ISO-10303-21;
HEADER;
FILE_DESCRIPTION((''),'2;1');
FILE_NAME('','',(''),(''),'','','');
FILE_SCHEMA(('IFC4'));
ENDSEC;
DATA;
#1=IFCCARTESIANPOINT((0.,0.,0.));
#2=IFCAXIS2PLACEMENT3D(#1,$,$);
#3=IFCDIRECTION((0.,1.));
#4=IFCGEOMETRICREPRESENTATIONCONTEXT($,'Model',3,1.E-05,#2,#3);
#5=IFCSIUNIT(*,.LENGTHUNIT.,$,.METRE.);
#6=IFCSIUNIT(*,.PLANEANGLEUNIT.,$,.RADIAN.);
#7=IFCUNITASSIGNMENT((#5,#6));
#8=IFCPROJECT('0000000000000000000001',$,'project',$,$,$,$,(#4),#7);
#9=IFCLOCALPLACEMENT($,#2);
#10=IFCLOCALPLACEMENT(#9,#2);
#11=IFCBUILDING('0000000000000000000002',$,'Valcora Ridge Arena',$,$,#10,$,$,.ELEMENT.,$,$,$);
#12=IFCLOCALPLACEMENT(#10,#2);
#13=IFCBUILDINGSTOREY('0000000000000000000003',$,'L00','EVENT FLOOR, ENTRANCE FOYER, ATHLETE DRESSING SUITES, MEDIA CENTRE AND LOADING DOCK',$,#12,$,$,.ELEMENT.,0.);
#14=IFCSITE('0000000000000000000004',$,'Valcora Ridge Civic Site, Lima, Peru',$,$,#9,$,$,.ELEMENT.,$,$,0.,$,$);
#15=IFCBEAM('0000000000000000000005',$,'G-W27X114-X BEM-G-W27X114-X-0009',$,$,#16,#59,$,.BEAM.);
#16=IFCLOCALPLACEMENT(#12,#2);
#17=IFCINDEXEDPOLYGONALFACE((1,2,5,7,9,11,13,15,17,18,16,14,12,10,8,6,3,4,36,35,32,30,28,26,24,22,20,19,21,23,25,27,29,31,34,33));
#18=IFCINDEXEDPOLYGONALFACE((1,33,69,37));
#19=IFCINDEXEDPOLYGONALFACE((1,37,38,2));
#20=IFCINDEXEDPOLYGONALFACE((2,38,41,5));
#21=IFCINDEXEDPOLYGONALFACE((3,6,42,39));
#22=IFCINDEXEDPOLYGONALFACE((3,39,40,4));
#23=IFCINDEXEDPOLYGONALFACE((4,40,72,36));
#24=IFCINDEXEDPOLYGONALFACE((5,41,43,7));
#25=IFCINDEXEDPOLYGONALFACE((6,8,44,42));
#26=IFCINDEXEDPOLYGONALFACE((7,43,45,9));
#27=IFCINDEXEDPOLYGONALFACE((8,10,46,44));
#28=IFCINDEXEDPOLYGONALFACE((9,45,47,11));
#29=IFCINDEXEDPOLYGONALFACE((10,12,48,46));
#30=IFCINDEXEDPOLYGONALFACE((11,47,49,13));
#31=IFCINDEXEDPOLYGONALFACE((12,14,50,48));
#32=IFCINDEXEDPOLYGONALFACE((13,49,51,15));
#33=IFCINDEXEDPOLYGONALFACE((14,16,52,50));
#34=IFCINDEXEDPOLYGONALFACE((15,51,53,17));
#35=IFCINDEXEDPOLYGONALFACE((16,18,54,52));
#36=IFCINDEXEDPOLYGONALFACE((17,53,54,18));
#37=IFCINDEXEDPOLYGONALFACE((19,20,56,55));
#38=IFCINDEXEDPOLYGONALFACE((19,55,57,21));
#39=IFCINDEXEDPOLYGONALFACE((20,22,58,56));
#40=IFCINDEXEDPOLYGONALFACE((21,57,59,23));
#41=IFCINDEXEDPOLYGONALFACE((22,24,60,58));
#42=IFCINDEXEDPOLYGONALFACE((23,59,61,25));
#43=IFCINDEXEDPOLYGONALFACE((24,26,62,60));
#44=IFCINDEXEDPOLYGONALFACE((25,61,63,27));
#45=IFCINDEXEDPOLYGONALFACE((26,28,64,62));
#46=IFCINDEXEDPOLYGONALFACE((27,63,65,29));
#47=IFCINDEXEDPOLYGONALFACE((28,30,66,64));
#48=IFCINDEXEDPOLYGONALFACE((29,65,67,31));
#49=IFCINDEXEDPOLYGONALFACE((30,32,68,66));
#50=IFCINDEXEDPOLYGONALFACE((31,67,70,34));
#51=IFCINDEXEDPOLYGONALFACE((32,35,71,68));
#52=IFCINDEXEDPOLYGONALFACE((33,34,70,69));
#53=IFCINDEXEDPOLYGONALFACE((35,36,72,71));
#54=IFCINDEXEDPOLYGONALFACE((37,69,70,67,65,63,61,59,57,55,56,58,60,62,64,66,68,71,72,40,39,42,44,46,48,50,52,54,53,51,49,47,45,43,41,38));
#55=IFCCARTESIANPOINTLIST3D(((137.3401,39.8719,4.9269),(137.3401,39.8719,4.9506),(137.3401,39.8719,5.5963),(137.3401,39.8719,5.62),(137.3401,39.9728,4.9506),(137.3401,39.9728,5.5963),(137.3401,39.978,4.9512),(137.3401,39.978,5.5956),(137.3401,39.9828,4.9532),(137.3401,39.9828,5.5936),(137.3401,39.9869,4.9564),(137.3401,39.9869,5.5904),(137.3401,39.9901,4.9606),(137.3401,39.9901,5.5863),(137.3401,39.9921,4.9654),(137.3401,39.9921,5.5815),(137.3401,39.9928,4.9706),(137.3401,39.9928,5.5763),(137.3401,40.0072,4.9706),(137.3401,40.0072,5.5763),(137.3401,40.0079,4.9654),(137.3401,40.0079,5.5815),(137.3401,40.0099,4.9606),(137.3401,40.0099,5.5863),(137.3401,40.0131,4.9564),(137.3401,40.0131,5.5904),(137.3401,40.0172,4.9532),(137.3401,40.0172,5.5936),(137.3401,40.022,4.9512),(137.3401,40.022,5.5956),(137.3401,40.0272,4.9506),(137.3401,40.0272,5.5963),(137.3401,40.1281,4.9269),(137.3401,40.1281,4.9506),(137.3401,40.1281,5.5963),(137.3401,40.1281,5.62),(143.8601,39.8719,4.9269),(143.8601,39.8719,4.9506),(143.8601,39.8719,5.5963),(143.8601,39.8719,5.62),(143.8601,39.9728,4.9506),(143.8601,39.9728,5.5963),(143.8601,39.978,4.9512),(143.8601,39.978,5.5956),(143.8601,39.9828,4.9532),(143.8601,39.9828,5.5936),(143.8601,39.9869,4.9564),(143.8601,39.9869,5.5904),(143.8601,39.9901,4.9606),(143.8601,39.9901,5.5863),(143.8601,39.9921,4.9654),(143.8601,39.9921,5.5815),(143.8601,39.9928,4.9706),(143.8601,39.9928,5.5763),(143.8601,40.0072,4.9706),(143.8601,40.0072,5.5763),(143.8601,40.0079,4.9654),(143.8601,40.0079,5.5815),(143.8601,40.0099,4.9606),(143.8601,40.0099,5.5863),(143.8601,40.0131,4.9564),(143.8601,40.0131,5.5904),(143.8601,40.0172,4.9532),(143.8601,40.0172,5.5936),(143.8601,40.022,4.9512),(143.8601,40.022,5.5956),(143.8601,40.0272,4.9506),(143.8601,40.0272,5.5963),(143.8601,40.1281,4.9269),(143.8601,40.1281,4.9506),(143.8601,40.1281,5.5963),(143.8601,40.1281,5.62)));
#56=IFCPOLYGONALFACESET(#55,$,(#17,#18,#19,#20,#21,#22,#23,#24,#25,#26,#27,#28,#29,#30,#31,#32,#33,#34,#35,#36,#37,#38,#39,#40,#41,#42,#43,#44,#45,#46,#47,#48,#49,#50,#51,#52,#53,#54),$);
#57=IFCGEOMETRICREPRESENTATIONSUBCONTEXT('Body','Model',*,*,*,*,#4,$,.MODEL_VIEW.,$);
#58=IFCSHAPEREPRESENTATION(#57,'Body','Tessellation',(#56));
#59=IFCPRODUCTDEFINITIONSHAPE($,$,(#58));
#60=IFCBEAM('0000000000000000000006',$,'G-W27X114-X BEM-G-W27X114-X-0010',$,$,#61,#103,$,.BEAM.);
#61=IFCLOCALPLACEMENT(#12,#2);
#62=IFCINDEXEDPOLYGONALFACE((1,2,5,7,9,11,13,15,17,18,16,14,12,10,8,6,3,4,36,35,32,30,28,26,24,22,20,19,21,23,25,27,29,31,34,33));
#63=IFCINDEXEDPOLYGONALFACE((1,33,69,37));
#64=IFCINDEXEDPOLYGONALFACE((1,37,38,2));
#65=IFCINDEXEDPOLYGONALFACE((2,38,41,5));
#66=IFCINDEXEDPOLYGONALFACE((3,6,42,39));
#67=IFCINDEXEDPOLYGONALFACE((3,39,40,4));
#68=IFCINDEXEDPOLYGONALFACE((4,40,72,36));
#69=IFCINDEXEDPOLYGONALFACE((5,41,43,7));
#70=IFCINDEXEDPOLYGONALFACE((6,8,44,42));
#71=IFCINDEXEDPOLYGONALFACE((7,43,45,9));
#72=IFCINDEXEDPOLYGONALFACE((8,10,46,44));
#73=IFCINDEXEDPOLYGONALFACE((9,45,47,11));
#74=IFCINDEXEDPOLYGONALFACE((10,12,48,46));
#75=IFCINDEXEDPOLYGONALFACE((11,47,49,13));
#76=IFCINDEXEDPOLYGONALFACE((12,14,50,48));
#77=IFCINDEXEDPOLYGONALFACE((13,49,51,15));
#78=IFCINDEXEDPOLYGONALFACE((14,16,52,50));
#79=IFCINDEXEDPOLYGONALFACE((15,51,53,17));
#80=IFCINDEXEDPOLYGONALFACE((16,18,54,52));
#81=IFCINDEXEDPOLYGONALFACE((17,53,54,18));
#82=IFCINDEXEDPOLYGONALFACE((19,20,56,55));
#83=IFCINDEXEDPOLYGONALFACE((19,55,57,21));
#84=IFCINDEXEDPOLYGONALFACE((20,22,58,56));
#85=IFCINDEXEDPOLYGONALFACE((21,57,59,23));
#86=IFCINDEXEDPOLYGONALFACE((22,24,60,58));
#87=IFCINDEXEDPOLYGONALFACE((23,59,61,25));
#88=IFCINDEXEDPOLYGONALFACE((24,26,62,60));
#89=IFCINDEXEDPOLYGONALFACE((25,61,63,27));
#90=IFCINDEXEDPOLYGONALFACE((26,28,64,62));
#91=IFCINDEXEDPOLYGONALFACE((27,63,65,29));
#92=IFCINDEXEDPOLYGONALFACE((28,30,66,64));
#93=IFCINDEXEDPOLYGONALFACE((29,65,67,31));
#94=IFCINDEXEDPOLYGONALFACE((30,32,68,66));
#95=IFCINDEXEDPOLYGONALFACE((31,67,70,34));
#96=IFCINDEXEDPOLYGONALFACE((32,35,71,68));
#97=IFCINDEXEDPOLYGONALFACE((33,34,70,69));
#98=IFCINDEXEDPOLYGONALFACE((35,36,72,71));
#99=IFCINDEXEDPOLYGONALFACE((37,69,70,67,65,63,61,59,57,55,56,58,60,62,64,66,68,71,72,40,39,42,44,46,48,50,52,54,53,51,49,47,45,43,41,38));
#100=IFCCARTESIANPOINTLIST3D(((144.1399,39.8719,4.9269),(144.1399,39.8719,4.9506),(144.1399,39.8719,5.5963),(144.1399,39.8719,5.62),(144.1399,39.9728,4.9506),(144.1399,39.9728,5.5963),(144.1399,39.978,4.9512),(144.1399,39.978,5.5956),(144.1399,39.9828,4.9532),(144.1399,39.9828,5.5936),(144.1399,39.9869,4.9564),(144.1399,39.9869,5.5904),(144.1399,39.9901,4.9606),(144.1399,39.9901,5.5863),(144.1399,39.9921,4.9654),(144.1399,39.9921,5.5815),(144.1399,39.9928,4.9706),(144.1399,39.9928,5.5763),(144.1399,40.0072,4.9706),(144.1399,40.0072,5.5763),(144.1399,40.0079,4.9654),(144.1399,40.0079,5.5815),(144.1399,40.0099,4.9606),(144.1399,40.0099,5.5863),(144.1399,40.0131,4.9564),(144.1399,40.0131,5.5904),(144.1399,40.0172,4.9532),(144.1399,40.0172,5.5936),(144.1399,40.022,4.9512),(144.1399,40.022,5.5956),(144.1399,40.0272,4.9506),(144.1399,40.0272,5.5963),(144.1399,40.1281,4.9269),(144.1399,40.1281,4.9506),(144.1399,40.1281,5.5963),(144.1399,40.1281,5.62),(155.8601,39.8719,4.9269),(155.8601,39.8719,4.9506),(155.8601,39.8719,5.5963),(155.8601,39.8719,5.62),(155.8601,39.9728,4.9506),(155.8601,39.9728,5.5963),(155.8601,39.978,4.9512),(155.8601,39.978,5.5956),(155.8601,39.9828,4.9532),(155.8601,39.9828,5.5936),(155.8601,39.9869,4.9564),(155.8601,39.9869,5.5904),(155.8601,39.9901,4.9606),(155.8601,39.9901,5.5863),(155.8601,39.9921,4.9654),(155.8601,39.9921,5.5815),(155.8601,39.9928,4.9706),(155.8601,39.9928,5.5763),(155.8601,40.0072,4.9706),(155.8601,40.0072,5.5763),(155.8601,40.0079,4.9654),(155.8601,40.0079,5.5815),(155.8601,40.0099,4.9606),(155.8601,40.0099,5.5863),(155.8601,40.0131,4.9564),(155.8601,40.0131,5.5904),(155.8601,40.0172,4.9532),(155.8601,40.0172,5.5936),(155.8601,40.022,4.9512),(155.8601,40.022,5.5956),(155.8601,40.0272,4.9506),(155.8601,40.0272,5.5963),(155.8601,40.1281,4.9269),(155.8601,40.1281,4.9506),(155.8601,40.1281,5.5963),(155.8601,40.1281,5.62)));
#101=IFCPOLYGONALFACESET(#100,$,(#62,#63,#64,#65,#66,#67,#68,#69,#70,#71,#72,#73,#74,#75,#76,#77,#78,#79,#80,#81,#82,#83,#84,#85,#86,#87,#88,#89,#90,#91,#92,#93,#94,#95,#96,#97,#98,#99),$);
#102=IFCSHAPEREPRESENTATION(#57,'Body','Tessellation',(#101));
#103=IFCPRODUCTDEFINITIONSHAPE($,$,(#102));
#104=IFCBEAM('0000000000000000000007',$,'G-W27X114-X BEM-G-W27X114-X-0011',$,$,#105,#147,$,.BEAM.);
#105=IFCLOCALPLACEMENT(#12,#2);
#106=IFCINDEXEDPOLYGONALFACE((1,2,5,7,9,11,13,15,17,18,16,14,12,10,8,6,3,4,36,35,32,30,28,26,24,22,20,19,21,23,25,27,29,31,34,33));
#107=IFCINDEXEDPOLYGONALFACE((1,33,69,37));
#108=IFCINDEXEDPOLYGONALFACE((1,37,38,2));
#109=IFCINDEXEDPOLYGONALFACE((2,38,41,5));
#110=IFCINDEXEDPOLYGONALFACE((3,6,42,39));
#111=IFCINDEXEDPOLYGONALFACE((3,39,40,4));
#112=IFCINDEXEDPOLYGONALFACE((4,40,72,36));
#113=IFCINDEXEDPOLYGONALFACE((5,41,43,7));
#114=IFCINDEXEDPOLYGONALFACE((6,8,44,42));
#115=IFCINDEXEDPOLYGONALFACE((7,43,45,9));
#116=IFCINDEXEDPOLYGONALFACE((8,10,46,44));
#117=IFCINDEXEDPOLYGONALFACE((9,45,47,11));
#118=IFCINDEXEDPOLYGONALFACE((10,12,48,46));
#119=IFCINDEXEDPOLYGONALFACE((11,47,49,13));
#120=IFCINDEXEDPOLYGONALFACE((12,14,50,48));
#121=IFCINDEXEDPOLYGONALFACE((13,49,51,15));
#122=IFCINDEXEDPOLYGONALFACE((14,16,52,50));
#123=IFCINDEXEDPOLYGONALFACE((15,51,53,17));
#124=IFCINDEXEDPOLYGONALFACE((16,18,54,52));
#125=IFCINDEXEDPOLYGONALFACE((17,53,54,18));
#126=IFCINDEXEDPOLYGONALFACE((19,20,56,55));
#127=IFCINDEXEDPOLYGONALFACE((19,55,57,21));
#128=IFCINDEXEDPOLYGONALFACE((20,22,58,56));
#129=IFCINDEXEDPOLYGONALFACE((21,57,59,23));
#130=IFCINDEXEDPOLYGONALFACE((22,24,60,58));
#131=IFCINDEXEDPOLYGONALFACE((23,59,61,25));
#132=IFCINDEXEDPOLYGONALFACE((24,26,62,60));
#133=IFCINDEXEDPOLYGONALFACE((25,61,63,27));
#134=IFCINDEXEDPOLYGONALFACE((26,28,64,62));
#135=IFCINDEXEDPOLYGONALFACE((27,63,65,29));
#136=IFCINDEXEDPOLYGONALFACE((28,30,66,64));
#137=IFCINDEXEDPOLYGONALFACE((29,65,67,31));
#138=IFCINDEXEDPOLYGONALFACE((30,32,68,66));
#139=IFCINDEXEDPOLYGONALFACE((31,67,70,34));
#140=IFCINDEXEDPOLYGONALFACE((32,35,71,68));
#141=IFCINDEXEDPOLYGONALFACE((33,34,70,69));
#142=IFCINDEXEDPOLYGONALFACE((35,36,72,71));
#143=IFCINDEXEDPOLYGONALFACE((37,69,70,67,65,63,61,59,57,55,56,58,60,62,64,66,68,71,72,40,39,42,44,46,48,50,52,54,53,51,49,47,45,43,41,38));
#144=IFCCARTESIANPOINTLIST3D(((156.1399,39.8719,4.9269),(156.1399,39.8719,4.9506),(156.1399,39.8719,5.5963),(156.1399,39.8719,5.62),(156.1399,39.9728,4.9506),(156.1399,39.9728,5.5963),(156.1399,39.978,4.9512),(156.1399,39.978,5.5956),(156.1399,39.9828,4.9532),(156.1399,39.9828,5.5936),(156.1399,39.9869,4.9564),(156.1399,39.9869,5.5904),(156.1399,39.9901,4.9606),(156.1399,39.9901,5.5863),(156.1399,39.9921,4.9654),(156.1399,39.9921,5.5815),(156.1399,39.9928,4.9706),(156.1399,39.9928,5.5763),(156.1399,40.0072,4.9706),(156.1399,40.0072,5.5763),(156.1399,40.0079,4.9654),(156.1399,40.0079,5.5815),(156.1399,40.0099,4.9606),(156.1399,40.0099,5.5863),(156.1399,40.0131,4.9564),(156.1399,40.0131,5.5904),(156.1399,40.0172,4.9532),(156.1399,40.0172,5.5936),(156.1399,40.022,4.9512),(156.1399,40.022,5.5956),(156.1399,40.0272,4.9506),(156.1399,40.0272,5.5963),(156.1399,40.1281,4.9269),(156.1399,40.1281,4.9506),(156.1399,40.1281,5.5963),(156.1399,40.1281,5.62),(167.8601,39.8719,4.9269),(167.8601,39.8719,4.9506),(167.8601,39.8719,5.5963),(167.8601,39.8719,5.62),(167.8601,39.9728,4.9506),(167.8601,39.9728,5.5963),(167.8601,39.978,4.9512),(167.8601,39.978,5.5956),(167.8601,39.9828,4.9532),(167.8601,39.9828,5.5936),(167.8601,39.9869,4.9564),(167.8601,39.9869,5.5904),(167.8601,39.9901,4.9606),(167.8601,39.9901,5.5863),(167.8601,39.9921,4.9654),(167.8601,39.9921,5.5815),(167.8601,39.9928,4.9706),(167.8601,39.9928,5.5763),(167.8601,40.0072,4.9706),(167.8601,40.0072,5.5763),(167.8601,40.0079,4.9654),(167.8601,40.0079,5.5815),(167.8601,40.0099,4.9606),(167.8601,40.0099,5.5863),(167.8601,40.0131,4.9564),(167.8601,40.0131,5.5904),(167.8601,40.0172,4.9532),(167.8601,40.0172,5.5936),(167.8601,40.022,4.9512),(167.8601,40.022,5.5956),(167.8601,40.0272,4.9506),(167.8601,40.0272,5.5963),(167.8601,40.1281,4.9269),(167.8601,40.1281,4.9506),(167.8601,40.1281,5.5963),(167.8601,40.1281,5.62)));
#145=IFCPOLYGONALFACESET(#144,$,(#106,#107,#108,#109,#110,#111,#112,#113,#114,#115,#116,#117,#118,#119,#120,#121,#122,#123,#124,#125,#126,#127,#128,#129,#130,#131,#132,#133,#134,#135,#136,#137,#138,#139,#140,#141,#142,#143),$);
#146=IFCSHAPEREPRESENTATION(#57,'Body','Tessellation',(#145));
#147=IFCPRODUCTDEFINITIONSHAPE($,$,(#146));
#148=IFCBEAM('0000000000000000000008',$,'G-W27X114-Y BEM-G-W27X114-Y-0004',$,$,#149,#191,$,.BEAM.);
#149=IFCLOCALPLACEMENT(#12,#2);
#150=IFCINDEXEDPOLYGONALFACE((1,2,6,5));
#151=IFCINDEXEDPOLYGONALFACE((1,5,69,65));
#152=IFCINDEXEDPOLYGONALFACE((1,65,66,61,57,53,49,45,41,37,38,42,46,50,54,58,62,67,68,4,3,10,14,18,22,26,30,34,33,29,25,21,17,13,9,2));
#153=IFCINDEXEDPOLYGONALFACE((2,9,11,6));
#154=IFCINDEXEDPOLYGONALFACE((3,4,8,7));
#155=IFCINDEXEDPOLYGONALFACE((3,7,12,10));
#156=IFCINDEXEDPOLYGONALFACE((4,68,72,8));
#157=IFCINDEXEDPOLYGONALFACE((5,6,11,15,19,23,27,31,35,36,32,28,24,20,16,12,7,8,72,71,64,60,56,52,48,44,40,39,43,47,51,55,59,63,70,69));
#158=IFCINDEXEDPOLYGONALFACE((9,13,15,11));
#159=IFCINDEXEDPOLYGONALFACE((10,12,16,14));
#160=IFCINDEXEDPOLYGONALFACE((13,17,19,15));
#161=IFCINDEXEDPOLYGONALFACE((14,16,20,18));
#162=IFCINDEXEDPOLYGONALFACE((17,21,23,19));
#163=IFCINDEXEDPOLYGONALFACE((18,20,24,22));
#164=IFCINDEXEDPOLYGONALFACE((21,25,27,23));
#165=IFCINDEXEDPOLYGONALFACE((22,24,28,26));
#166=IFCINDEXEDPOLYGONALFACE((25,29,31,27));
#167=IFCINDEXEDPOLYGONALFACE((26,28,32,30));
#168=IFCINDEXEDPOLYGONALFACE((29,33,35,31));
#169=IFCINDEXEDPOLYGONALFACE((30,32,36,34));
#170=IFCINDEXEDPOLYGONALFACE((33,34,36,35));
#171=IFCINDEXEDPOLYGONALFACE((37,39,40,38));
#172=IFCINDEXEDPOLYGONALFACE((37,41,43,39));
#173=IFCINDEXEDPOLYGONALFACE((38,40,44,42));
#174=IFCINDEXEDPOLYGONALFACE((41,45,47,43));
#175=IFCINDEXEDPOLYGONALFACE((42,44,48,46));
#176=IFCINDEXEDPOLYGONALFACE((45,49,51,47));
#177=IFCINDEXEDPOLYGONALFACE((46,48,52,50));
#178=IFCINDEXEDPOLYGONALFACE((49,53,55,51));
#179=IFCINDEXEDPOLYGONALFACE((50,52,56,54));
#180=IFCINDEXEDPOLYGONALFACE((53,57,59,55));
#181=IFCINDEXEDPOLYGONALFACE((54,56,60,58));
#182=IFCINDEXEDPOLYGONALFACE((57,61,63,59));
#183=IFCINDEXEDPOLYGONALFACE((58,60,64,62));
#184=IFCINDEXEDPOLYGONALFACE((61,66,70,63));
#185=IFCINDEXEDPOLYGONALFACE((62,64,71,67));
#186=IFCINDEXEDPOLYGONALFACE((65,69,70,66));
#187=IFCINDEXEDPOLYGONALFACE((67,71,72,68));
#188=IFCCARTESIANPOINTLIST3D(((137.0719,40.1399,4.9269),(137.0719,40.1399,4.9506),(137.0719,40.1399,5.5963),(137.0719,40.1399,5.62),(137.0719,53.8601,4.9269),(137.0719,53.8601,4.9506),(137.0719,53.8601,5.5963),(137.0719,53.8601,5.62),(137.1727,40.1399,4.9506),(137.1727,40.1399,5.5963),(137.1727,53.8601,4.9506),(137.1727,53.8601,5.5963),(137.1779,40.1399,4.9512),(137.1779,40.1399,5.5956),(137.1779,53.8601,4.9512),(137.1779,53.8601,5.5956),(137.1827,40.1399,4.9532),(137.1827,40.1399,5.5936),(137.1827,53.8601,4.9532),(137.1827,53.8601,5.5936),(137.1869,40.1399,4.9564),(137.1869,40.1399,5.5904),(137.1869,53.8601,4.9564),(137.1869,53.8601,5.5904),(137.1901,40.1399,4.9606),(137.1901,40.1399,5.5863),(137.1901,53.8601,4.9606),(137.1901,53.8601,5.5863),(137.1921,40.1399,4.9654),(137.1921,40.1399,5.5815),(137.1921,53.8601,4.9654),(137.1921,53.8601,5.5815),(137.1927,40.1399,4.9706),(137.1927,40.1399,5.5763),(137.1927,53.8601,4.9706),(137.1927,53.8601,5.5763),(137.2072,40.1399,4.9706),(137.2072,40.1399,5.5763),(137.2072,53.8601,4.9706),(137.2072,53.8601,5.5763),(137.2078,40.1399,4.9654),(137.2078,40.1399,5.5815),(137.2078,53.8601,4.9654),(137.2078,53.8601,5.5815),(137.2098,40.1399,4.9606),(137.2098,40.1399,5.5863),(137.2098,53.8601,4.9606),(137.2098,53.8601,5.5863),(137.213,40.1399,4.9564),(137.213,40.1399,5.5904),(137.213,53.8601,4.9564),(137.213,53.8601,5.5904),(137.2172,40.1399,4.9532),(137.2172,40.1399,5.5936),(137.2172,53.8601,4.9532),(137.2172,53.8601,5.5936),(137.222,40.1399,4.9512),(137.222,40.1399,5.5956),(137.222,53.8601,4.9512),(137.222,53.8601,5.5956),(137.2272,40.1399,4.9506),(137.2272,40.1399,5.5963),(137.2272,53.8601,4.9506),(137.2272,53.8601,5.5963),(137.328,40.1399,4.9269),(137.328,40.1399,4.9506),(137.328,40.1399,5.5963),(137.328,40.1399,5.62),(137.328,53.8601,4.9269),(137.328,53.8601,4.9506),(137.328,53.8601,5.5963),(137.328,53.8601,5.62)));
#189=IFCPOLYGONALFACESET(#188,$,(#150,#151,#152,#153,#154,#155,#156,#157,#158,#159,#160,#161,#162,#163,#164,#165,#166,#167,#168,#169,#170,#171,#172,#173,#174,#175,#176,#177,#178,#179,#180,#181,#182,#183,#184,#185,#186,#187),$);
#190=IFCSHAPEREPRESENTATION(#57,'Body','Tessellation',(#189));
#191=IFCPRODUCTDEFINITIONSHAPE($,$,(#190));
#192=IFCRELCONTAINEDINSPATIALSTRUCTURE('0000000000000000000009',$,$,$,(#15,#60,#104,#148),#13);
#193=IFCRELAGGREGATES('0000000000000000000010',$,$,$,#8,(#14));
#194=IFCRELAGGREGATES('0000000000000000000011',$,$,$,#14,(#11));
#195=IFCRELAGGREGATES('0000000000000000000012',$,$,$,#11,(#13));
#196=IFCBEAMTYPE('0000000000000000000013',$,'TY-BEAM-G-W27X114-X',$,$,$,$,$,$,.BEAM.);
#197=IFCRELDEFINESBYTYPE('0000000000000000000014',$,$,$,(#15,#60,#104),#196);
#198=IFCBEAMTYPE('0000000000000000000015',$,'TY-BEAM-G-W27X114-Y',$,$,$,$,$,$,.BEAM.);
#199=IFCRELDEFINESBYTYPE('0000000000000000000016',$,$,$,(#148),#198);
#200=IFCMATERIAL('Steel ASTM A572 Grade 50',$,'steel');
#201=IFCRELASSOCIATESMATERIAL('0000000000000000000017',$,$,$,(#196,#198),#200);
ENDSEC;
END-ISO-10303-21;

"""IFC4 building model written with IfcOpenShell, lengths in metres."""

from ifc_helpers import new_model, si_unit, direction, frame, origin, origin_2d, place, context, subcontext, project, spatial, i_section, extrude, material, material_profile, profile_set, type_object, element, save


model = new_model("IFC4")

# Units and contexts
model_context = context("Model", 3, precision=1e-05, world=origin(), true_north=direction((0.0, 1.0)))
body_context = subcontext(model_context, "Body", "Model", "MODEL_VIEW")
ifc_project = project(units=[si_unit("LENGTHUNIT", "METRE"), si_unit("PLANEANGLEUNIT", "RADIAN")], contexts=[model_context])

# Site, building, storey
site_placement = place(None, origin())
site = spatial("IfcSite", under=ifc_project, at=site_placement, Name="Valcora Ridge Civic Site, Lima, Peru", CompositionType="ELEMENT", RefElevation=0.0)
building_placement = place(site_placement, origin())
building = spatial("IfcBuilding", under=site, at=building_placement, Name="Valcora Ridge Arena", CompositionType="ELEMENT")
storey_placement = place(building_placement, origin())
storey = spatial("IfcBuildingStorey", under=building, at=storey_placement, Name="L00", Description="EVENT FLOOR, ENTRANCE FOYER, ATHLETE DRESSING SUITES, MEDIA CENTRE AND LOADING DOCK", CompositionType="ELEMENT", Elevation=0.0)

# Shared definitions
ifc_material_1 = material(Name="Steel ASTM A572 Grade 50", Category="steel")

# Beams
ifc_material_profile_1 = material_profile(ifc_material_1, i_section(OverallWidth=0.2561, OverallDepth=0.6931, WebThickness=0.0144, FlangeThickness=0.0237, FilletRadius=0.02, at=origin_2d()), Name="W27X114")
ifc_profile_set_1 = profile_set([ifc_material_profile_1], Name="Steel ASTM A572 Grade 50")
beam_type_1 = type_object("IfcBeamType", Name="TY-BEAM-G-W27X114-X", PredefinedType="BEAM", material=ifc_profile_set_1)
beam_placement = place(storey_placement, frame((137.3401, 40.0, 5.2734), z_axis=(1.0, 0.0, 0.0), x_axis=(0.0, 1.0, 0.0)))
element("IfcBeam", 1, at=beam_placement, inside=storey, type_object=beam_type_1, Name="G-W27X114-X BEM-G-W27X114-X-0009", PredefinedType="BEAM", context=body_context, shape_type="SweptSolid", body=[
    extrude(i_section(OverallWidth=0.2561, OverallDepth=0.6931, WebThickness=0.0144, FlangeThickness=0.0237, FilletRadius=0.02, at=origin_2d()), origin(), (0.0, 0.0, 1.0), 6.52),
])
for number, where, z_axis, x_axis, name in (
    (2, (144.1399, 40.0, 5.2734), (1.0, 0.0, 0.0), (0.0, 1.0, 0.0), "G-W27X114-X BEM-G-W27X114-X-0010"),
    (3, (156.1399, 40.0, 5.2734), (1.0, 0.0, 0.0), (0.0, 1.0, 0.0), "G-W27X114-X BEM-G-W27X114-X-0011"),
):
    element("IfcBeam", number, at=place(storey_placement, frame(where, z_axis=z_axis, x_axis=x_axis)), inside=storey, type_object=beam_type_1, Name=name, PredefinedType="BEAM", context=body_context, shape_type="SweptSolid", body=[
        extrude(i_section(OverallWidth=0.2561, OverallDepth=0.6931, WebThickness=0.0144, FlangeThickness=0.0237, FilletRadius=0.02, at=origin_2d()), origin(), (0.0, 0.0, 1.0), 11.7202),
    ])
ifc_material_profile_2 = material_profile(ifc_material_1, i_section(OverallWidth=0.2561, OverallDepth=0.6931, WebThickness=0.0144, FlangeThickness=0.0237, FilletRadius=0.02, at=origin_2d()), Name="W27X114")
ifc_profile_set_2 = profile_set([ifc_material_profile_2], Name="Steel ASTM A572 Grade 50")
beam_type_2 = type_object("IfcBeamType", Name="TY-BEAM-G-W27X114-Y", PredefinedType="BEAM", material=ifc_profile_set_2)
for number, where, z_axis, x_axis, name in (
    (4, (137.2, 40.1399, 5.2734), (0.0, 1.0, 0.0), (-1.0, 0.0, 0.0), "G-W27X114-Y BEM-G-W27X114-Y-0004"),
):
    element("IfcBeam", number, at=place(storey_placement, frame(where, z_axis=z_axis, x_axis=x_axis)), inside=storey, type_object=beam_type_2, Name=name, PredefinedType="BEAM", context=body_context, shape_type="SweptSolid", body=[
        extrude(i_section(OverallWidth=0.2561, OverallDepth=0.6931, WebThickness=0.0144, FlangeThickness=0.0237, FilletRadius=0.02, at=origin_2d()), origin(), (0.0, 0.0, 1.0), 13.7202),
    ])

save(model, "model.ifc")
